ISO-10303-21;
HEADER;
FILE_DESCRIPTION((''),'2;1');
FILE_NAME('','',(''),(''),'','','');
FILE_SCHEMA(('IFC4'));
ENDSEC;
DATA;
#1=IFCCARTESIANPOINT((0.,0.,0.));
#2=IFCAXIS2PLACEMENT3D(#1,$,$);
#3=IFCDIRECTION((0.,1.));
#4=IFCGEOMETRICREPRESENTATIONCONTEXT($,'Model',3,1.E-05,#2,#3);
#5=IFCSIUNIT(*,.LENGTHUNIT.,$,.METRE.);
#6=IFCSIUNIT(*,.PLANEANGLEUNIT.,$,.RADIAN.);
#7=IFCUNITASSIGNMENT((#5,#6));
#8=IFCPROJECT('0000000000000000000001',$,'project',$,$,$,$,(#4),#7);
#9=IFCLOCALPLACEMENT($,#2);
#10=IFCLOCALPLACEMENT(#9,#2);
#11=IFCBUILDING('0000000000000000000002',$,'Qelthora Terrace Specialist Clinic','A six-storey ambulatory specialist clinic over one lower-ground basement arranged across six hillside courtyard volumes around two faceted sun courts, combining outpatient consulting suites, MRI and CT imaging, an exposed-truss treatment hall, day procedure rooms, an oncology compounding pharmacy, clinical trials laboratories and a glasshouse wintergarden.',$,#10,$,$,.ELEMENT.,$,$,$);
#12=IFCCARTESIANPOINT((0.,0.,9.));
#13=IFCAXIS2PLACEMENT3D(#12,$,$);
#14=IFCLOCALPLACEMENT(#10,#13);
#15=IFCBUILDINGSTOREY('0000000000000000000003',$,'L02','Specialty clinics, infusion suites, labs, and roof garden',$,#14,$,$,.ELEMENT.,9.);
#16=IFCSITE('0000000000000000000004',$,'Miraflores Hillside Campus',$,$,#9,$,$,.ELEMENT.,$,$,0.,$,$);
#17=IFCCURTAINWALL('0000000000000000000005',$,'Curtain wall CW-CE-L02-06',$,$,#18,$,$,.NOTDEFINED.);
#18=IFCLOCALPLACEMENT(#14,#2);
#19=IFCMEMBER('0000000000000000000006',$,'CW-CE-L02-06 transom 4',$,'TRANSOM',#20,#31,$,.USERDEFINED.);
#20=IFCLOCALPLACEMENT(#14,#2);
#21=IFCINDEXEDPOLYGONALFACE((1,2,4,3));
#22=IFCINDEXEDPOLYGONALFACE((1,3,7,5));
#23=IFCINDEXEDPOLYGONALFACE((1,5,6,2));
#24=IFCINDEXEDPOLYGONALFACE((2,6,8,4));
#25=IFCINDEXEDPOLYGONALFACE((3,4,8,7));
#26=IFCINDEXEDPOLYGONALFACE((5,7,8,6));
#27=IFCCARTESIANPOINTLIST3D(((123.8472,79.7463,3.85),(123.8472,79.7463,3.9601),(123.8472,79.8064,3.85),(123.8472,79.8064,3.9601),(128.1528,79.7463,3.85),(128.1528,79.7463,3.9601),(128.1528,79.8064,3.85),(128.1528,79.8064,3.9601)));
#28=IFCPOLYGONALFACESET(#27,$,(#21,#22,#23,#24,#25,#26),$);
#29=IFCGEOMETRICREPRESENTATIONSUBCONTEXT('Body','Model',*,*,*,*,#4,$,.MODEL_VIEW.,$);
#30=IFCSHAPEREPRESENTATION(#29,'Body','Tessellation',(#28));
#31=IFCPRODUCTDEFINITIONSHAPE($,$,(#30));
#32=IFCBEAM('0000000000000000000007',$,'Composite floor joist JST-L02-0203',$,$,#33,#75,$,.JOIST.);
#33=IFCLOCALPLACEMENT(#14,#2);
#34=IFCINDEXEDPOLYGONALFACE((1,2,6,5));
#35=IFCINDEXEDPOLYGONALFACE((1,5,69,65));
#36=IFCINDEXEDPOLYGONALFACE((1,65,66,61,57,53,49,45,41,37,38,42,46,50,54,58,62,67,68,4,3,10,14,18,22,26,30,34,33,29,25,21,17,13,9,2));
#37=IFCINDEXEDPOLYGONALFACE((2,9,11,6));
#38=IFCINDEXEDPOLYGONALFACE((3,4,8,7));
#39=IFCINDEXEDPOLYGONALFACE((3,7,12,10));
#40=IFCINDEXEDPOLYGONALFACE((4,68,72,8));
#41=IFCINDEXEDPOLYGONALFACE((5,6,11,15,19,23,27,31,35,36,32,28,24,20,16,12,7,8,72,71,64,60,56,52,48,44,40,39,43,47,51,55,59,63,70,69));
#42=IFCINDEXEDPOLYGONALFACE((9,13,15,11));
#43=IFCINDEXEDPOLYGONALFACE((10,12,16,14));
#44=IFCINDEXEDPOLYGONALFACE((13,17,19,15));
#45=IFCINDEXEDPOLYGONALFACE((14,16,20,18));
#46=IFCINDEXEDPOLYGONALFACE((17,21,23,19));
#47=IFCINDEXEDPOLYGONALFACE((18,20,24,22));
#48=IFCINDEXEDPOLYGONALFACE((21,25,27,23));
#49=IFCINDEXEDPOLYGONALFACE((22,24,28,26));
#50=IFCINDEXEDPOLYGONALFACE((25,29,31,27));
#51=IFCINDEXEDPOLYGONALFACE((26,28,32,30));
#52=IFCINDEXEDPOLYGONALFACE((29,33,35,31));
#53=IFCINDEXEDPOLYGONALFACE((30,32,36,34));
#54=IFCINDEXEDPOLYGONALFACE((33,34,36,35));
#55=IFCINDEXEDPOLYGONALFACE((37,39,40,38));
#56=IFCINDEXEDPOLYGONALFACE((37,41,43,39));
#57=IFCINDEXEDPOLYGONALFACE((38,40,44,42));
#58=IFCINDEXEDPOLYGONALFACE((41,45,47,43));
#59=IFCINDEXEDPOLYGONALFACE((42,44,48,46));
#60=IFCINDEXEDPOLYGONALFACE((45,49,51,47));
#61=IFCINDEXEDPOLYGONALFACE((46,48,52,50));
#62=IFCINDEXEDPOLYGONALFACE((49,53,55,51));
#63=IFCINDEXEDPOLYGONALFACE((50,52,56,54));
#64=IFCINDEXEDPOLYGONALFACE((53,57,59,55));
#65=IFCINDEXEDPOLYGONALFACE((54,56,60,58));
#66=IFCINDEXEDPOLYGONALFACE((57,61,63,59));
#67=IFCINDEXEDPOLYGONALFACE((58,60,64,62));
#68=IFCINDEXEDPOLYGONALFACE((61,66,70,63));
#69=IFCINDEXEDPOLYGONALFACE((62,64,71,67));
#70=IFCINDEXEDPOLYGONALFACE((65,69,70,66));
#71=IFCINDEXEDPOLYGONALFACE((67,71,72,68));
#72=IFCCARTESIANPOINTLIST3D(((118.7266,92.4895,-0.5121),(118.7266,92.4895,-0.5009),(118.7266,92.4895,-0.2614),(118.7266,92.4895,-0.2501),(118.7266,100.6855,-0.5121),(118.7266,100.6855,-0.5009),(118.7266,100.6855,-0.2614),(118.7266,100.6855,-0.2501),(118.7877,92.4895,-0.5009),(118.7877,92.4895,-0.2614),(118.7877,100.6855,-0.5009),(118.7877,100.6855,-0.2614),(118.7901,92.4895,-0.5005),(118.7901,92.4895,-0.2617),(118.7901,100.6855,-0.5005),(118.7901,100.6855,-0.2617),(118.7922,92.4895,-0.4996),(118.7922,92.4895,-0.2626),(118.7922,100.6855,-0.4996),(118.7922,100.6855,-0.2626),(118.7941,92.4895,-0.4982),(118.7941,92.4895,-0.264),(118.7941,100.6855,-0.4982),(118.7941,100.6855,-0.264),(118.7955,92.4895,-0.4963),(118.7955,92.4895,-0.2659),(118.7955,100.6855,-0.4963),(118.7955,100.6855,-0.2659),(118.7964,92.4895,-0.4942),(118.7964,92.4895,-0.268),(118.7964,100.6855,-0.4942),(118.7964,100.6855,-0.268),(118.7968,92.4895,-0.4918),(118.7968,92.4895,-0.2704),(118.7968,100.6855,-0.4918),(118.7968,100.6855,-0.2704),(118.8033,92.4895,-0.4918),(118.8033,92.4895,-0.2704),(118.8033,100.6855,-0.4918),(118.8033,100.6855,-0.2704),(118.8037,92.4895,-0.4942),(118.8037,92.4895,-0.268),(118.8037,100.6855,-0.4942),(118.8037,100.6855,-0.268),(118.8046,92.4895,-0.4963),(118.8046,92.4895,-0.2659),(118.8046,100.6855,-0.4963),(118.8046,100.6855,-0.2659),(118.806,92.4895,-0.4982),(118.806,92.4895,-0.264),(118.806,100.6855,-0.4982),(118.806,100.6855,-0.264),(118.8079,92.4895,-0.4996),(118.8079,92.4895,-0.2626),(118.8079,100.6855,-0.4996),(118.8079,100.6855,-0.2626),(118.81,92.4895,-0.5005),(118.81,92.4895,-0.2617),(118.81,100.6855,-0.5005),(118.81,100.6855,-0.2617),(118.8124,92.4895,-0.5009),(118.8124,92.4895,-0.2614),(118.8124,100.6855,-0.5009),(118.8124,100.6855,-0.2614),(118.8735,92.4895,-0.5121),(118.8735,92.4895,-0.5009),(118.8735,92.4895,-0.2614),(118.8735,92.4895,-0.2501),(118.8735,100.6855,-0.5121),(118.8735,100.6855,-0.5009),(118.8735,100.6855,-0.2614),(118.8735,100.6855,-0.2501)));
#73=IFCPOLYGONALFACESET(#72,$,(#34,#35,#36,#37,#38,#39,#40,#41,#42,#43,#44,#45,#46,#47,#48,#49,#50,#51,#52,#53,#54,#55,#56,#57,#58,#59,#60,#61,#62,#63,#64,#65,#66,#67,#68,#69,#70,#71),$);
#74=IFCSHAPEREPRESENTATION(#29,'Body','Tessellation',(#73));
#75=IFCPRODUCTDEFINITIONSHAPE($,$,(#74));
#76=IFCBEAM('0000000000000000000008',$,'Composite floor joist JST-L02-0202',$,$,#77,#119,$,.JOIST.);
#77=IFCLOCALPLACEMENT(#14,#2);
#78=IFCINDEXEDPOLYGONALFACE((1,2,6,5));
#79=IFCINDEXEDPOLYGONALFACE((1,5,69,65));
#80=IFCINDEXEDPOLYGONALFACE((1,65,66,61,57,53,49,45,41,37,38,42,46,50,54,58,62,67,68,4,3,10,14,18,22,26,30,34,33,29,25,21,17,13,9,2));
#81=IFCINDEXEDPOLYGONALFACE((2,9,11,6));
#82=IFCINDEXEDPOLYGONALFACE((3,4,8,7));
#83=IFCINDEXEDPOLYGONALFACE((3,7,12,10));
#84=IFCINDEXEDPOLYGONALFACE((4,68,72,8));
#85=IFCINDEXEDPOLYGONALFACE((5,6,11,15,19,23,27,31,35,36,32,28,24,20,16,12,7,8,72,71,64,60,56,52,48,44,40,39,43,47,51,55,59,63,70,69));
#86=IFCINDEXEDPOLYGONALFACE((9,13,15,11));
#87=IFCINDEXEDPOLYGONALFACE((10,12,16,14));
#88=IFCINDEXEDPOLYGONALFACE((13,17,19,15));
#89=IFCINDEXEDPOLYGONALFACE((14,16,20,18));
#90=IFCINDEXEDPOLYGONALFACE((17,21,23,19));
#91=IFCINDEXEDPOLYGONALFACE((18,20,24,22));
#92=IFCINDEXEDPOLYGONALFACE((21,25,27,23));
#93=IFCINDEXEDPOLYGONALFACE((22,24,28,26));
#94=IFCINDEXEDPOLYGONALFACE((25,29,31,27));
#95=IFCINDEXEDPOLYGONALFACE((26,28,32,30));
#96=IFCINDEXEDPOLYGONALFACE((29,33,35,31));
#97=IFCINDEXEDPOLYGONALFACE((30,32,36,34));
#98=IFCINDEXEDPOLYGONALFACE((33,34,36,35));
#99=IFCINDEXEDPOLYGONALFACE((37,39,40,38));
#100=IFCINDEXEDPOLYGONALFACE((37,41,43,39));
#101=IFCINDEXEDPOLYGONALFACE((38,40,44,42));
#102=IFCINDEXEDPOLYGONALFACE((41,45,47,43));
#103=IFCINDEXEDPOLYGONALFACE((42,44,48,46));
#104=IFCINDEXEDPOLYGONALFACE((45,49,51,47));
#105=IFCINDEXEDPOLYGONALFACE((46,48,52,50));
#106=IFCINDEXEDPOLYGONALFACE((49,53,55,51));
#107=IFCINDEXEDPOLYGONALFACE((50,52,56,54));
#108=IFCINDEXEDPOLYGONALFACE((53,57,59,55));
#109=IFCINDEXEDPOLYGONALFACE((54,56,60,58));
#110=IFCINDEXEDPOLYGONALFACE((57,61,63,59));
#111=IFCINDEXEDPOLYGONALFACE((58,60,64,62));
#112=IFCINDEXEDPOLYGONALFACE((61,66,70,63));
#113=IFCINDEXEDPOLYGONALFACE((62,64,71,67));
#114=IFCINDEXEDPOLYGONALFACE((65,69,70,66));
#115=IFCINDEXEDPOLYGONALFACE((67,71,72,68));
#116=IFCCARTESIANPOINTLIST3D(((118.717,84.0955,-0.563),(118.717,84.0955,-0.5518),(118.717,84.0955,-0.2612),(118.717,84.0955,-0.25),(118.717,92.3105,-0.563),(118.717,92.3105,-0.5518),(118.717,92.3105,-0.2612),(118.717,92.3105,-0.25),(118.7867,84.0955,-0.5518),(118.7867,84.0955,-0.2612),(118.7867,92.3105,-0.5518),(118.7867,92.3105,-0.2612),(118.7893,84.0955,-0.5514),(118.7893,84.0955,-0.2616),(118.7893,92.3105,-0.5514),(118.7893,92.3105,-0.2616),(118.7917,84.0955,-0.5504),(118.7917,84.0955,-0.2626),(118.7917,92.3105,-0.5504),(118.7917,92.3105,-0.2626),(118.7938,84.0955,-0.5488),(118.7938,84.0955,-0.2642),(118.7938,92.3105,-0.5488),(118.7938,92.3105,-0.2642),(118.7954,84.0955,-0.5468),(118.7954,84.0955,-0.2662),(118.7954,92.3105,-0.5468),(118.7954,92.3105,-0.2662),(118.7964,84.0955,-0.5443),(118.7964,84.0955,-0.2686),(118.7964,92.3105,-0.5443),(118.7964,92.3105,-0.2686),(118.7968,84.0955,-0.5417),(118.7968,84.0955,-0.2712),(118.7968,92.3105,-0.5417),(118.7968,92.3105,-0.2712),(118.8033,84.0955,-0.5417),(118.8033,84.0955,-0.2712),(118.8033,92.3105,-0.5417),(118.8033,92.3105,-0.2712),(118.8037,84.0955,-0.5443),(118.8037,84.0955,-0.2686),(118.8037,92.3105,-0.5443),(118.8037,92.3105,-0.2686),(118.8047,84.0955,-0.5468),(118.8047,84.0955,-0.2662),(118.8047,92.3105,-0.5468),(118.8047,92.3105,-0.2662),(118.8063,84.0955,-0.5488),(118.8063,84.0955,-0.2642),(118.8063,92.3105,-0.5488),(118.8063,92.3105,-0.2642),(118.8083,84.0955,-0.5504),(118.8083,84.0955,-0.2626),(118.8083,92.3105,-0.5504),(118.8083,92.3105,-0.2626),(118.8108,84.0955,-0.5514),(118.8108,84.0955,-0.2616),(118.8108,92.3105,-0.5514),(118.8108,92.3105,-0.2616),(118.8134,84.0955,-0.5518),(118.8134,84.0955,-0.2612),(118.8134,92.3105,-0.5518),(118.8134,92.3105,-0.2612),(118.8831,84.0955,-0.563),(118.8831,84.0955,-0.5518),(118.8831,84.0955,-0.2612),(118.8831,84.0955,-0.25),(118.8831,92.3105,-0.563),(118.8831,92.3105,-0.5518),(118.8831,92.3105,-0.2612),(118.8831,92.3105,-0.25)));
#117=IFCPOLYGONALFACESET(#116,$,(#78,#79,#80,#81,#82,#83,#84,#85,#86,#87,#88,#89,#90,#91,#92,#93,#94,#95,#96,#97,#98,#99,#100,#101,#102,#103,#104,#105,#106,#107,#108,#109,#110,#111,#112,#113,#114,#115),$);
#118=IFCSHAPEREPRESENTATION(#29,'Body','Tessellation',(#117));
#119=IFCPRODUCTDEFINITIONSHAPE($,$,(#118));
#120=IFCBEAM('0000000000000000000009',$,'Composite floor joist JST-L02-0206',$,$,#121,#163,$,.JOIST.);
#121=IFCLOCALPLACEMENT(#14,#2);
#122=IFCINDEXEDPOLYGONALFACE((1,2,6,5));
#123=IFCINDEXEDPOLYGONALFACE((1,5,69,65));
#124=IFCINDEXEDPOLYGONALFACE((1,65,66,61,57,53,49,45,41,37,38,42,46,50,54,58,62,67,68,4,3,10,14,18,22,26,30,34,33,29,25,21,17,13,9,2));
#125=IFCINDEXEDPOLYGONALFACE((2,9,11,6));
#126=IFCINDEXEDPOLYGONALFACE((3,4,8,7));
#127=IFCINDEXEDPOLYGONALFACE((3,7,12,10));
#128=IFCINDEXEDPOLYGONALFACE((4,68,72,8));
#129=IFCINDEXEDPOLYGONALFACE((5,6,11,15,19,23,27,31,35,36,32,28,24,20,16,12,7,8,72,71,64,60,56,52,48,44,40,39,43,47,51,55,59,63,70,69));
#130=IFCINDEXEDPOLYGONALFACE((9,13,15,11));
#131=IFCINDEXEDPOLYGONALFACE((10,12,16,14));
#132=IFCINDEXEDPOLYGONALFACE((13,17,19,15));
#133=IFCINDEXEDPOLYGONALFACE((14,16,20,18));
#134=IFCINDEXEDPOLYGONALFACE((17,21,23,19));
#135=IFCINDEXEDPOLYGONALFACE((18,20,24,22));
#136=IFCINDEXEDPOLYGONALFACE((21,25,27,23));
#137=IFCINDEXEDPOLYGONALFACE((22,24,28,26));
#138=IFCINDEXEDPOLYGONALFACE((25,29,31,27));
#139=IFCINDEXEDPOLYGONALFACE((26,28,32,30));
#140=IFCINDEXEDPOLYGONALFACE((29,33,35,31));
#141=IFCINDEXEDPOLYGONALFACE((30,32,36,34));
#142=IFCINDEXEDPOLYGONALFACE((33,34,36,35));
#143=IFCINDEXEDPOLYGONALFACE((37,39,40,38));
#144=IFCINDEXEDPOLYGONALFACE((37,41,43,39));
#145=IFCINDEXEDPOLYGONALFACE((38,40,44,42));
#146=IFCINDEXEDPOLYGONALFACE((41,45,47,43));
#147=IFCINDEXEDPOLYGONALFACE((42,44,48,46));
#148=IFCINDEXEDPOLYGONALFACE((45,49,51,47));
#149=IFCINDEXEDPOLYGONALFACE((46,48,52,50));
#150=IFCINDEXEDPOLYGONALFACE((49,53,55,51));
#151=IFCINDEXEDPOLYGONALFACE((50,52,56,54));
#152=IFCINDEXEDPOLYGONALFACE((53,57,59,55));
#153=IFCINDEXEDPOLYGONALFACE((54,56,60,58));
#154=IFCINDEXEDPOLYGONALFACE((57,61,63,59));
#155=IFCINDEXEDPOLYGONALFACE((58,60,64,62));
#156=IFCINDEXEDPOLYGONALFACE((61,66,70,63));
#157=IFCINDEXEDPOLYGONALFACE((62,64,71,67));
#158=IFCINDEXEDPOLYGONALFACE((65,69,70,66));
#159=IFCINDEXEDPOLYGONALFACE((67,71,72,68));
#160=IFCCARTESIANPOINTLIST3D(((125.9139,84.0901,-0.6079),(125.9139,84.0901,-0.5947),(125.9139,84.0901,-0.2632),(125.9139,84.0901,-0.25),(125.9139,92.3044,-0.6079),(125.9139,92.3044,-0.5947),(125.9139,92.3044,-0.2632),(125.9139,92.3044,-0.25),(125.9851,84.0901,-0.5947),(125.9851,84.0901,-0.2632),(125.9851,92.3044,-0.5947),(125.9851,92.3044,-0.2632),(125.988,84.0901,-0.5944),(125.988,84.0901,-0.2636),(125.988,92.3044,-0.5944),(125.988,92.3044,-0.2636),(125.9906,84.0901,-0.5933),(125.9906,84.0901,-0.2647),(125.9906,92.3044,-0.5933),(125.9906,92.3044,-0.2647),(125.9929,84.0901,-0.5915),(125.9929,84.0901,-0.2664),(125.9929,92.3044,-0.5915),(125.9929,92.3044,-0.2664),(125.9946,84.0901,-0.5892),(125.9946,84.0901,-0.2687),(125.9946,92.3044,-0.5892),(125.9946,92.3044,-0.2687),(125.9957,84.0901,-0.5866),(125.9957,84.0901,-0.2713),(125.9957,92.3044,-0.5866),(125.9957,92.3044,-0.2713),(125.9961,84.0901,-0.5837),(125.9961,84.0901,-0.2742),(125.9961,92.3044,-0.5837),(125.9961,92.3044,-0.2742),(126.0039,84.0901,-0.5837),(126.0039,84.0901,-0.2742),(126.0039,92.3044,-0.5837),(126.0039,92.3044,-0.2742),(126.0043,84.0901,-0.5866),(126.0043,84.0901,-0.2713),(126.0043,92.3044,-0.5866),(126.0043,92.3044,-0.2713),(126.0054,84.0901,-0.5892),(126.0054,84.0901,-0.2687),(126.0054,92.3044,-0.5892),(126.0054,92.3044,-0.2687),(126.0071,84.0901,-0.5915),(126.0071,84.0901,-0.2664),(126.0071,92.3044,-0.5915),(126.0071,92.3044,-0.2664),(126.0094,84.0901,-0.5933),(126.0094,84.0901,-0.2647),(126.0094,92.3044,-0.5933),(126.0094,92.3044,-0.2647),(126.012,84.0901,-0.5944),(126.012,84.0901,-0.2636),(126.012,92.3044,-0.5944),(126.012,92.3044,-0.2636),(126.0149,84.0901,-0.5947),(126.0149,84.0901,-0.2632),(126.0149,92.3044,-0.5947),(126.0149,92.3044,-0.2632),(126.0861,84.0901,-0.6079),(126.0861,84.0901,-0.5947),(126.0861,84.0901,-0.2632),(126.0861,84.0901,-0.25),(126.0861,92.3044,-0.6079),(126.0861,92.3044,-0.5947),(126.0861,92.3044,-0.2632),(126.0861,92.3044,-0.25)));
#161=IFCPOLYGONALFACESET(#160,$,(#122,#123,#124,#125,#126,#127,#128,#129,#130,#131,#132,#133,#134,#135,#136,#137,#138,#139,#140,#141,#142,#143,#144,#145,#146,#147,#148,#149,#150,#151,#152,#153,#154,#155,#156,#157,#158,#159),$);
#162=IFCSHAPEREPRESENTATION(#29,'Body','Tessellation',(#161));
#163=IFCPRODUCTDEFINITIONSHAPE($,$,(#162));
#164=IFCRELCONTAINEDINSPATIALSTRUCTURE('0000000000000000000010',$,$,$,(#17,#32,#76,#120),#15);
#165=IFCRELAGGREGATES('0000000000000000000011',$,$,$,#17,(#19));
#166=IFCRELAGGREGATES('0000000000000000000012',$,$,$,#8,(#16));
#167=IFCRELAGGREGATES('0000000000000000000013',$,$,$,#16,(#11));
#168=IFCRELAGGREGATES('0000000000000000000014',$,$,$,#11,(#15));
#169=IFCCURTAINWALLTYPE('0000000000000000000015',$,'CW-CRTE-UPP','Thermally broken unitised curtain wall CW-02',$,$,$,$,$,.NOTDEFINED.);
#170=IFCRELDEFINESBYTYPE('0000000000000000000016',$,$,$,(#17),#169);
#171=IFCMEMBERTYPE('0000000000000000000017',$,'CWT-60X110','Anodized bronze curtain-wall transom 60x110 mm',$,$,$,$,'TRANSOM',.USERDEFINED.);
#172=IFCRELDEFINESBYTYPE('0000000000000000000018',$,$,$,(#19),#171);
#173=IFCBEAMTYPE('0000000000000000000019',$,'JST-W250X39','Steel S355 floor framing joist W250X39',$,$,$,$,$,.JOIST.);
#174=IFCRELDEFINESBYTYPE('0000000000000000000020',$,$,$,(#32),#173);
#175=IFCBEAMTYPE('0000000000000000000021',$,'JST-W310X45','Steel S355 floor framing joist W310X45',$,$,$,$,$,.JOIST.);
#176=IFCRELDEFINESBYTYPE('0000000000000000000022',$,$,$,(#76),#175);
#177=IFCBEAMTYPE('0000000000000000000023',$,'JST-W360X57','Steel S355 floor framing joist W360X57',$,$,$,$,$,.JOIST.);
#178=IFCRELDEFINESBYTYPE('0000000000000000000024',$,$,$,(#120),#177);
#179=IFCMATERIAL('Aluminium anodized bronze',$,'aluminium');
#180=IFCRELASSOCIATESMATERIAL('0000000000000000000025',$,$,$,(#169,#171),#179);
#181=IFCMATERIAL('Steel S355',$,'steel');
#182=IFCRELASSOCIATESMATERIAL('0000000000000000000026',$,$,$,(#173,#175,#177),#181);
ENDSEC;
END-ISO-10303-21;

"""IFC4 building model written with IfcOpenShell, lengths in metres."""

from ifc_helpers import new_model, si_unit, direction, frame, origin, origin_2d, place, context, subcontext, project, spatial, rectangle, i_section, extrude, material, material_profile, profile_set, type_object, element, aggregate, save


model = new_model("IFC4")

# Units and contexts
model_context = context("Model", 3, precision=1e-05, world=origin(), true_north=direction((0.0, 1.0)))
body_context = subcontext(model_context, "Body", "Model", "MODEL_VIEW")
ifc_project = project(units=[si_unit("LENGTHUNIT", "METRE"), si_unit("PLANEANGLEUNIT", "RADIAN")], contexts=[model_context])

# Site, building, storey
site_placement = place(None, origin())
site = spatial("IfcSite", under=ifc_project, at=site_placement, Name="Miraflores Hillside Campus", CompositionType="ELEMENT", RefElevation=0.0)
building_placement = place(site_placement, origin())
building = spatial("IfcBuilding", under=site, at=building_placement, Name="Qelthora Terrace Specialist Clinic", Description="A six-storey ambulatory specialist clinic over one lower-ground basement arranged across six hillside courtyard volumes around two faceted sun courts, combining outpatient consulting suites, MRI and CT imaging, an exposed-truss treatment hall, day procedure rooms, an oncology compounding pharmacy, clinical trials laboratories and a glasshouse wintergarden.", CompositionType="ELEMENT")
storey_placement = place(building_placement, frame((0.0, 0.0, 9.0)))
storey = spatial("IfcBuildingStorey", under=building, at=storey_placement, Name="L02", Description="Specialty clinics, infusion suites, labs, and roof garden", CompositionType="ELEMENT", Elevation=9.0)

# Shared definitions
ifc_material_1 = material(Name="Steel S355", Category="steel")

# Curtain wall, member
ifc_material_2 = material(Name="Aluminium anodized bronze", Category="aluminium")
curtain_wall_type = type_object("IfcCurtainWallType", Name="CW-CRTE-UPP", Description="Thermally broken unitised curtain wall CW-02", PredefinedType="NOTDEFINED", material=ifc_material_2)
curtain_wall_placement = place(storey_placement, origin())
curtain_wall = element("IfcCurtainWall", 1, at=curtain_wall_placement, inside=storey, type_object=curtain_wall_type, Name="Curtain wall CW-CE-L02-06", PredefinedType="NOTDEFINED")
ifc_material_profile_1 = material_profile(ifc_material_2, rectangle(XDim=0.0601, YDim=0.1101, at=origin_2d()), Name="CWT60X110")
ifc_profile_set_1 = profile_set([ifc_material_profile_1], Name="Aluminium anodized bronze")
member_type_1 = type_object("IfcMemberType", Name="CWT-60X110", Description="Anodized bronze curtain-wall transom 60x110 mm", ElementType="TRANSOM", PredefinedType="USERDEFINED", material=ifc_profile_set_1)
member_1_placement = place(storey_placement, frame((128.1528, 79.7764, 3.905), z_axis=(-1.0, 0.0, 0.0), x_axis=(0.0, -1.0, 0.0)))
member_1 = element("IfcMember", 2, at=member_1_placement, type_object=member_type_1, Name="CW-CE-L02-06 transom 4", ObjectType="TRANSOM", PredefinedType="USERDEFINED", context=body_context, shape_type="SweptSolid", body=[
    extrude(rectangle(XDim=0.0601, YDim=0.1101, at=origin_2d()), origin(), (0.0, 0.0, 1.0), 4.3057),
])
aggregate(curtain_wall, [member_1])

# Beams
ifc_material_profile_2 = material_profile(ifc_material_1, i_section(OverallWidth=0.147, OverallDepth=0.262, WebThickness=0.0066, FlangeThickness=0.0112, FilletRadius=0.009, at=origin_2d()), Name="W250X39")
ifc_profile_set_2 = profile_set([ifc_material_profile_2], Name="Steel S355")
beam_type_1 = type_object("IfcBeamType", Name="JST-W250X39", Description="Steel S355 floor framing joist W250X39", PredefinedType="JOIST", material=ifc_profile_set_2)
beam_1_placement = place(storey_placement, frame((118.8, 92.4895, -0.3811), z_axis=(0.0, 1.0, 0.0), x_axis=(-1.0, 0.0, 0.0)))
element("IfcBeam", 3, at=beam_1_placement, inside=storey, type_object=beam_type_1, Name="Composite floor joist JST-L02-0203", PredefinedType="JOIST", context=body_context, shape_type="SweptSolid", body=[
    extrude(i_section(OverallWidth=0.147, OverallDepth=0.262, WebThickness=0.0066, FlangeThickness=0.0112, FilletRadius=0.009, at=origin_2d()), origin(), (0.0, 0.0, 1.0), 8.196),
])
ifc_material_profile_3 = material_profile(ifc_material_1, i_section(OverallWidth=0.166, OverallDepth=0.313, WebThickness=0.0066, FlangeThickness=0.0112, FilletRadius=0.01, at=origin_2d()), Name="W310X45")
ifc_profile_set_3 = profile_set([ifc_material_profile_3], Name="Steel S355")
beam_type_2 = type_object("IfcBeamType", Name="JST-W310X45", Description="Steel S355 floor framing joist W310X45", PredefinedType="JOIST", material=ifc_profile_set_3)
beam_2_placement = place(storey_placement, frame((118.8, 84.0955, -0.4065), z_axis=(0.0, 1.0, 0.0), x_axis=(-1.0, 0.0, 0.0)))
element("IfcBeam", 4, at=beam_2_placement, inside=storey, type_object=beam_type_2, Name="Composite floor joist JST-L02-0202", PredefinedType="JOIST", context=body_context, shape_type="SweptSolid", body=[
    extrude(i_section(OverallWidth=0.166, OverallDepth=0.313, WebThickness=0.0066, FlangeThickness=0.0112, FilletRadius=0.01, at=origin_2d()), origin(), (0.0, 0.0, 1.0), 8.2151),
])
ifc_material_profile_4 = material_profile(ifc_material_1, i_section(OverallWidth=0.1721, OverallDepth=0.3579, WebThickness=0.0078, FlangeThickness=0.0132, FilletRadius=0.011, at=origin_2d()), Name="W360X57")
ifc_profile_set_4 = profile_set([ifc_material_profile_4], Name="Steel S355")
beam_type_3 = type_object("IfcBeamType", Name="JST-W360X57", Description="Steel S355 floor framing joist W360X57", PredefinedType="JOIST", material=ifc_profile_set_4)
beam_3_placement = place(storey_placement, frame((126.0, 84.0901, -0.429), z_axis=(0.0, 1.0, 0.0), x_axis=(-1.0, 0.0, 0.0)))
element("IfcBeam", 5, at=beam_3_placement, inside=storey, type_object=beam_type_3, Name="Composite floor joist JST-L02-0206", PredefinedType="JOIST", context=body_context, shape_type="SweptSolid", body=[
    extrude(i_section(OverallWidth=0.1721, OverallDepth=0.3579, WebThickness=0.0078, FlangeThickness=0.0132, FilletRadius=0.011, at=origin_2d()), origin(), (0.0, 0.0, 1.0), 8.2144),
])

save(model, "model.ifc")
